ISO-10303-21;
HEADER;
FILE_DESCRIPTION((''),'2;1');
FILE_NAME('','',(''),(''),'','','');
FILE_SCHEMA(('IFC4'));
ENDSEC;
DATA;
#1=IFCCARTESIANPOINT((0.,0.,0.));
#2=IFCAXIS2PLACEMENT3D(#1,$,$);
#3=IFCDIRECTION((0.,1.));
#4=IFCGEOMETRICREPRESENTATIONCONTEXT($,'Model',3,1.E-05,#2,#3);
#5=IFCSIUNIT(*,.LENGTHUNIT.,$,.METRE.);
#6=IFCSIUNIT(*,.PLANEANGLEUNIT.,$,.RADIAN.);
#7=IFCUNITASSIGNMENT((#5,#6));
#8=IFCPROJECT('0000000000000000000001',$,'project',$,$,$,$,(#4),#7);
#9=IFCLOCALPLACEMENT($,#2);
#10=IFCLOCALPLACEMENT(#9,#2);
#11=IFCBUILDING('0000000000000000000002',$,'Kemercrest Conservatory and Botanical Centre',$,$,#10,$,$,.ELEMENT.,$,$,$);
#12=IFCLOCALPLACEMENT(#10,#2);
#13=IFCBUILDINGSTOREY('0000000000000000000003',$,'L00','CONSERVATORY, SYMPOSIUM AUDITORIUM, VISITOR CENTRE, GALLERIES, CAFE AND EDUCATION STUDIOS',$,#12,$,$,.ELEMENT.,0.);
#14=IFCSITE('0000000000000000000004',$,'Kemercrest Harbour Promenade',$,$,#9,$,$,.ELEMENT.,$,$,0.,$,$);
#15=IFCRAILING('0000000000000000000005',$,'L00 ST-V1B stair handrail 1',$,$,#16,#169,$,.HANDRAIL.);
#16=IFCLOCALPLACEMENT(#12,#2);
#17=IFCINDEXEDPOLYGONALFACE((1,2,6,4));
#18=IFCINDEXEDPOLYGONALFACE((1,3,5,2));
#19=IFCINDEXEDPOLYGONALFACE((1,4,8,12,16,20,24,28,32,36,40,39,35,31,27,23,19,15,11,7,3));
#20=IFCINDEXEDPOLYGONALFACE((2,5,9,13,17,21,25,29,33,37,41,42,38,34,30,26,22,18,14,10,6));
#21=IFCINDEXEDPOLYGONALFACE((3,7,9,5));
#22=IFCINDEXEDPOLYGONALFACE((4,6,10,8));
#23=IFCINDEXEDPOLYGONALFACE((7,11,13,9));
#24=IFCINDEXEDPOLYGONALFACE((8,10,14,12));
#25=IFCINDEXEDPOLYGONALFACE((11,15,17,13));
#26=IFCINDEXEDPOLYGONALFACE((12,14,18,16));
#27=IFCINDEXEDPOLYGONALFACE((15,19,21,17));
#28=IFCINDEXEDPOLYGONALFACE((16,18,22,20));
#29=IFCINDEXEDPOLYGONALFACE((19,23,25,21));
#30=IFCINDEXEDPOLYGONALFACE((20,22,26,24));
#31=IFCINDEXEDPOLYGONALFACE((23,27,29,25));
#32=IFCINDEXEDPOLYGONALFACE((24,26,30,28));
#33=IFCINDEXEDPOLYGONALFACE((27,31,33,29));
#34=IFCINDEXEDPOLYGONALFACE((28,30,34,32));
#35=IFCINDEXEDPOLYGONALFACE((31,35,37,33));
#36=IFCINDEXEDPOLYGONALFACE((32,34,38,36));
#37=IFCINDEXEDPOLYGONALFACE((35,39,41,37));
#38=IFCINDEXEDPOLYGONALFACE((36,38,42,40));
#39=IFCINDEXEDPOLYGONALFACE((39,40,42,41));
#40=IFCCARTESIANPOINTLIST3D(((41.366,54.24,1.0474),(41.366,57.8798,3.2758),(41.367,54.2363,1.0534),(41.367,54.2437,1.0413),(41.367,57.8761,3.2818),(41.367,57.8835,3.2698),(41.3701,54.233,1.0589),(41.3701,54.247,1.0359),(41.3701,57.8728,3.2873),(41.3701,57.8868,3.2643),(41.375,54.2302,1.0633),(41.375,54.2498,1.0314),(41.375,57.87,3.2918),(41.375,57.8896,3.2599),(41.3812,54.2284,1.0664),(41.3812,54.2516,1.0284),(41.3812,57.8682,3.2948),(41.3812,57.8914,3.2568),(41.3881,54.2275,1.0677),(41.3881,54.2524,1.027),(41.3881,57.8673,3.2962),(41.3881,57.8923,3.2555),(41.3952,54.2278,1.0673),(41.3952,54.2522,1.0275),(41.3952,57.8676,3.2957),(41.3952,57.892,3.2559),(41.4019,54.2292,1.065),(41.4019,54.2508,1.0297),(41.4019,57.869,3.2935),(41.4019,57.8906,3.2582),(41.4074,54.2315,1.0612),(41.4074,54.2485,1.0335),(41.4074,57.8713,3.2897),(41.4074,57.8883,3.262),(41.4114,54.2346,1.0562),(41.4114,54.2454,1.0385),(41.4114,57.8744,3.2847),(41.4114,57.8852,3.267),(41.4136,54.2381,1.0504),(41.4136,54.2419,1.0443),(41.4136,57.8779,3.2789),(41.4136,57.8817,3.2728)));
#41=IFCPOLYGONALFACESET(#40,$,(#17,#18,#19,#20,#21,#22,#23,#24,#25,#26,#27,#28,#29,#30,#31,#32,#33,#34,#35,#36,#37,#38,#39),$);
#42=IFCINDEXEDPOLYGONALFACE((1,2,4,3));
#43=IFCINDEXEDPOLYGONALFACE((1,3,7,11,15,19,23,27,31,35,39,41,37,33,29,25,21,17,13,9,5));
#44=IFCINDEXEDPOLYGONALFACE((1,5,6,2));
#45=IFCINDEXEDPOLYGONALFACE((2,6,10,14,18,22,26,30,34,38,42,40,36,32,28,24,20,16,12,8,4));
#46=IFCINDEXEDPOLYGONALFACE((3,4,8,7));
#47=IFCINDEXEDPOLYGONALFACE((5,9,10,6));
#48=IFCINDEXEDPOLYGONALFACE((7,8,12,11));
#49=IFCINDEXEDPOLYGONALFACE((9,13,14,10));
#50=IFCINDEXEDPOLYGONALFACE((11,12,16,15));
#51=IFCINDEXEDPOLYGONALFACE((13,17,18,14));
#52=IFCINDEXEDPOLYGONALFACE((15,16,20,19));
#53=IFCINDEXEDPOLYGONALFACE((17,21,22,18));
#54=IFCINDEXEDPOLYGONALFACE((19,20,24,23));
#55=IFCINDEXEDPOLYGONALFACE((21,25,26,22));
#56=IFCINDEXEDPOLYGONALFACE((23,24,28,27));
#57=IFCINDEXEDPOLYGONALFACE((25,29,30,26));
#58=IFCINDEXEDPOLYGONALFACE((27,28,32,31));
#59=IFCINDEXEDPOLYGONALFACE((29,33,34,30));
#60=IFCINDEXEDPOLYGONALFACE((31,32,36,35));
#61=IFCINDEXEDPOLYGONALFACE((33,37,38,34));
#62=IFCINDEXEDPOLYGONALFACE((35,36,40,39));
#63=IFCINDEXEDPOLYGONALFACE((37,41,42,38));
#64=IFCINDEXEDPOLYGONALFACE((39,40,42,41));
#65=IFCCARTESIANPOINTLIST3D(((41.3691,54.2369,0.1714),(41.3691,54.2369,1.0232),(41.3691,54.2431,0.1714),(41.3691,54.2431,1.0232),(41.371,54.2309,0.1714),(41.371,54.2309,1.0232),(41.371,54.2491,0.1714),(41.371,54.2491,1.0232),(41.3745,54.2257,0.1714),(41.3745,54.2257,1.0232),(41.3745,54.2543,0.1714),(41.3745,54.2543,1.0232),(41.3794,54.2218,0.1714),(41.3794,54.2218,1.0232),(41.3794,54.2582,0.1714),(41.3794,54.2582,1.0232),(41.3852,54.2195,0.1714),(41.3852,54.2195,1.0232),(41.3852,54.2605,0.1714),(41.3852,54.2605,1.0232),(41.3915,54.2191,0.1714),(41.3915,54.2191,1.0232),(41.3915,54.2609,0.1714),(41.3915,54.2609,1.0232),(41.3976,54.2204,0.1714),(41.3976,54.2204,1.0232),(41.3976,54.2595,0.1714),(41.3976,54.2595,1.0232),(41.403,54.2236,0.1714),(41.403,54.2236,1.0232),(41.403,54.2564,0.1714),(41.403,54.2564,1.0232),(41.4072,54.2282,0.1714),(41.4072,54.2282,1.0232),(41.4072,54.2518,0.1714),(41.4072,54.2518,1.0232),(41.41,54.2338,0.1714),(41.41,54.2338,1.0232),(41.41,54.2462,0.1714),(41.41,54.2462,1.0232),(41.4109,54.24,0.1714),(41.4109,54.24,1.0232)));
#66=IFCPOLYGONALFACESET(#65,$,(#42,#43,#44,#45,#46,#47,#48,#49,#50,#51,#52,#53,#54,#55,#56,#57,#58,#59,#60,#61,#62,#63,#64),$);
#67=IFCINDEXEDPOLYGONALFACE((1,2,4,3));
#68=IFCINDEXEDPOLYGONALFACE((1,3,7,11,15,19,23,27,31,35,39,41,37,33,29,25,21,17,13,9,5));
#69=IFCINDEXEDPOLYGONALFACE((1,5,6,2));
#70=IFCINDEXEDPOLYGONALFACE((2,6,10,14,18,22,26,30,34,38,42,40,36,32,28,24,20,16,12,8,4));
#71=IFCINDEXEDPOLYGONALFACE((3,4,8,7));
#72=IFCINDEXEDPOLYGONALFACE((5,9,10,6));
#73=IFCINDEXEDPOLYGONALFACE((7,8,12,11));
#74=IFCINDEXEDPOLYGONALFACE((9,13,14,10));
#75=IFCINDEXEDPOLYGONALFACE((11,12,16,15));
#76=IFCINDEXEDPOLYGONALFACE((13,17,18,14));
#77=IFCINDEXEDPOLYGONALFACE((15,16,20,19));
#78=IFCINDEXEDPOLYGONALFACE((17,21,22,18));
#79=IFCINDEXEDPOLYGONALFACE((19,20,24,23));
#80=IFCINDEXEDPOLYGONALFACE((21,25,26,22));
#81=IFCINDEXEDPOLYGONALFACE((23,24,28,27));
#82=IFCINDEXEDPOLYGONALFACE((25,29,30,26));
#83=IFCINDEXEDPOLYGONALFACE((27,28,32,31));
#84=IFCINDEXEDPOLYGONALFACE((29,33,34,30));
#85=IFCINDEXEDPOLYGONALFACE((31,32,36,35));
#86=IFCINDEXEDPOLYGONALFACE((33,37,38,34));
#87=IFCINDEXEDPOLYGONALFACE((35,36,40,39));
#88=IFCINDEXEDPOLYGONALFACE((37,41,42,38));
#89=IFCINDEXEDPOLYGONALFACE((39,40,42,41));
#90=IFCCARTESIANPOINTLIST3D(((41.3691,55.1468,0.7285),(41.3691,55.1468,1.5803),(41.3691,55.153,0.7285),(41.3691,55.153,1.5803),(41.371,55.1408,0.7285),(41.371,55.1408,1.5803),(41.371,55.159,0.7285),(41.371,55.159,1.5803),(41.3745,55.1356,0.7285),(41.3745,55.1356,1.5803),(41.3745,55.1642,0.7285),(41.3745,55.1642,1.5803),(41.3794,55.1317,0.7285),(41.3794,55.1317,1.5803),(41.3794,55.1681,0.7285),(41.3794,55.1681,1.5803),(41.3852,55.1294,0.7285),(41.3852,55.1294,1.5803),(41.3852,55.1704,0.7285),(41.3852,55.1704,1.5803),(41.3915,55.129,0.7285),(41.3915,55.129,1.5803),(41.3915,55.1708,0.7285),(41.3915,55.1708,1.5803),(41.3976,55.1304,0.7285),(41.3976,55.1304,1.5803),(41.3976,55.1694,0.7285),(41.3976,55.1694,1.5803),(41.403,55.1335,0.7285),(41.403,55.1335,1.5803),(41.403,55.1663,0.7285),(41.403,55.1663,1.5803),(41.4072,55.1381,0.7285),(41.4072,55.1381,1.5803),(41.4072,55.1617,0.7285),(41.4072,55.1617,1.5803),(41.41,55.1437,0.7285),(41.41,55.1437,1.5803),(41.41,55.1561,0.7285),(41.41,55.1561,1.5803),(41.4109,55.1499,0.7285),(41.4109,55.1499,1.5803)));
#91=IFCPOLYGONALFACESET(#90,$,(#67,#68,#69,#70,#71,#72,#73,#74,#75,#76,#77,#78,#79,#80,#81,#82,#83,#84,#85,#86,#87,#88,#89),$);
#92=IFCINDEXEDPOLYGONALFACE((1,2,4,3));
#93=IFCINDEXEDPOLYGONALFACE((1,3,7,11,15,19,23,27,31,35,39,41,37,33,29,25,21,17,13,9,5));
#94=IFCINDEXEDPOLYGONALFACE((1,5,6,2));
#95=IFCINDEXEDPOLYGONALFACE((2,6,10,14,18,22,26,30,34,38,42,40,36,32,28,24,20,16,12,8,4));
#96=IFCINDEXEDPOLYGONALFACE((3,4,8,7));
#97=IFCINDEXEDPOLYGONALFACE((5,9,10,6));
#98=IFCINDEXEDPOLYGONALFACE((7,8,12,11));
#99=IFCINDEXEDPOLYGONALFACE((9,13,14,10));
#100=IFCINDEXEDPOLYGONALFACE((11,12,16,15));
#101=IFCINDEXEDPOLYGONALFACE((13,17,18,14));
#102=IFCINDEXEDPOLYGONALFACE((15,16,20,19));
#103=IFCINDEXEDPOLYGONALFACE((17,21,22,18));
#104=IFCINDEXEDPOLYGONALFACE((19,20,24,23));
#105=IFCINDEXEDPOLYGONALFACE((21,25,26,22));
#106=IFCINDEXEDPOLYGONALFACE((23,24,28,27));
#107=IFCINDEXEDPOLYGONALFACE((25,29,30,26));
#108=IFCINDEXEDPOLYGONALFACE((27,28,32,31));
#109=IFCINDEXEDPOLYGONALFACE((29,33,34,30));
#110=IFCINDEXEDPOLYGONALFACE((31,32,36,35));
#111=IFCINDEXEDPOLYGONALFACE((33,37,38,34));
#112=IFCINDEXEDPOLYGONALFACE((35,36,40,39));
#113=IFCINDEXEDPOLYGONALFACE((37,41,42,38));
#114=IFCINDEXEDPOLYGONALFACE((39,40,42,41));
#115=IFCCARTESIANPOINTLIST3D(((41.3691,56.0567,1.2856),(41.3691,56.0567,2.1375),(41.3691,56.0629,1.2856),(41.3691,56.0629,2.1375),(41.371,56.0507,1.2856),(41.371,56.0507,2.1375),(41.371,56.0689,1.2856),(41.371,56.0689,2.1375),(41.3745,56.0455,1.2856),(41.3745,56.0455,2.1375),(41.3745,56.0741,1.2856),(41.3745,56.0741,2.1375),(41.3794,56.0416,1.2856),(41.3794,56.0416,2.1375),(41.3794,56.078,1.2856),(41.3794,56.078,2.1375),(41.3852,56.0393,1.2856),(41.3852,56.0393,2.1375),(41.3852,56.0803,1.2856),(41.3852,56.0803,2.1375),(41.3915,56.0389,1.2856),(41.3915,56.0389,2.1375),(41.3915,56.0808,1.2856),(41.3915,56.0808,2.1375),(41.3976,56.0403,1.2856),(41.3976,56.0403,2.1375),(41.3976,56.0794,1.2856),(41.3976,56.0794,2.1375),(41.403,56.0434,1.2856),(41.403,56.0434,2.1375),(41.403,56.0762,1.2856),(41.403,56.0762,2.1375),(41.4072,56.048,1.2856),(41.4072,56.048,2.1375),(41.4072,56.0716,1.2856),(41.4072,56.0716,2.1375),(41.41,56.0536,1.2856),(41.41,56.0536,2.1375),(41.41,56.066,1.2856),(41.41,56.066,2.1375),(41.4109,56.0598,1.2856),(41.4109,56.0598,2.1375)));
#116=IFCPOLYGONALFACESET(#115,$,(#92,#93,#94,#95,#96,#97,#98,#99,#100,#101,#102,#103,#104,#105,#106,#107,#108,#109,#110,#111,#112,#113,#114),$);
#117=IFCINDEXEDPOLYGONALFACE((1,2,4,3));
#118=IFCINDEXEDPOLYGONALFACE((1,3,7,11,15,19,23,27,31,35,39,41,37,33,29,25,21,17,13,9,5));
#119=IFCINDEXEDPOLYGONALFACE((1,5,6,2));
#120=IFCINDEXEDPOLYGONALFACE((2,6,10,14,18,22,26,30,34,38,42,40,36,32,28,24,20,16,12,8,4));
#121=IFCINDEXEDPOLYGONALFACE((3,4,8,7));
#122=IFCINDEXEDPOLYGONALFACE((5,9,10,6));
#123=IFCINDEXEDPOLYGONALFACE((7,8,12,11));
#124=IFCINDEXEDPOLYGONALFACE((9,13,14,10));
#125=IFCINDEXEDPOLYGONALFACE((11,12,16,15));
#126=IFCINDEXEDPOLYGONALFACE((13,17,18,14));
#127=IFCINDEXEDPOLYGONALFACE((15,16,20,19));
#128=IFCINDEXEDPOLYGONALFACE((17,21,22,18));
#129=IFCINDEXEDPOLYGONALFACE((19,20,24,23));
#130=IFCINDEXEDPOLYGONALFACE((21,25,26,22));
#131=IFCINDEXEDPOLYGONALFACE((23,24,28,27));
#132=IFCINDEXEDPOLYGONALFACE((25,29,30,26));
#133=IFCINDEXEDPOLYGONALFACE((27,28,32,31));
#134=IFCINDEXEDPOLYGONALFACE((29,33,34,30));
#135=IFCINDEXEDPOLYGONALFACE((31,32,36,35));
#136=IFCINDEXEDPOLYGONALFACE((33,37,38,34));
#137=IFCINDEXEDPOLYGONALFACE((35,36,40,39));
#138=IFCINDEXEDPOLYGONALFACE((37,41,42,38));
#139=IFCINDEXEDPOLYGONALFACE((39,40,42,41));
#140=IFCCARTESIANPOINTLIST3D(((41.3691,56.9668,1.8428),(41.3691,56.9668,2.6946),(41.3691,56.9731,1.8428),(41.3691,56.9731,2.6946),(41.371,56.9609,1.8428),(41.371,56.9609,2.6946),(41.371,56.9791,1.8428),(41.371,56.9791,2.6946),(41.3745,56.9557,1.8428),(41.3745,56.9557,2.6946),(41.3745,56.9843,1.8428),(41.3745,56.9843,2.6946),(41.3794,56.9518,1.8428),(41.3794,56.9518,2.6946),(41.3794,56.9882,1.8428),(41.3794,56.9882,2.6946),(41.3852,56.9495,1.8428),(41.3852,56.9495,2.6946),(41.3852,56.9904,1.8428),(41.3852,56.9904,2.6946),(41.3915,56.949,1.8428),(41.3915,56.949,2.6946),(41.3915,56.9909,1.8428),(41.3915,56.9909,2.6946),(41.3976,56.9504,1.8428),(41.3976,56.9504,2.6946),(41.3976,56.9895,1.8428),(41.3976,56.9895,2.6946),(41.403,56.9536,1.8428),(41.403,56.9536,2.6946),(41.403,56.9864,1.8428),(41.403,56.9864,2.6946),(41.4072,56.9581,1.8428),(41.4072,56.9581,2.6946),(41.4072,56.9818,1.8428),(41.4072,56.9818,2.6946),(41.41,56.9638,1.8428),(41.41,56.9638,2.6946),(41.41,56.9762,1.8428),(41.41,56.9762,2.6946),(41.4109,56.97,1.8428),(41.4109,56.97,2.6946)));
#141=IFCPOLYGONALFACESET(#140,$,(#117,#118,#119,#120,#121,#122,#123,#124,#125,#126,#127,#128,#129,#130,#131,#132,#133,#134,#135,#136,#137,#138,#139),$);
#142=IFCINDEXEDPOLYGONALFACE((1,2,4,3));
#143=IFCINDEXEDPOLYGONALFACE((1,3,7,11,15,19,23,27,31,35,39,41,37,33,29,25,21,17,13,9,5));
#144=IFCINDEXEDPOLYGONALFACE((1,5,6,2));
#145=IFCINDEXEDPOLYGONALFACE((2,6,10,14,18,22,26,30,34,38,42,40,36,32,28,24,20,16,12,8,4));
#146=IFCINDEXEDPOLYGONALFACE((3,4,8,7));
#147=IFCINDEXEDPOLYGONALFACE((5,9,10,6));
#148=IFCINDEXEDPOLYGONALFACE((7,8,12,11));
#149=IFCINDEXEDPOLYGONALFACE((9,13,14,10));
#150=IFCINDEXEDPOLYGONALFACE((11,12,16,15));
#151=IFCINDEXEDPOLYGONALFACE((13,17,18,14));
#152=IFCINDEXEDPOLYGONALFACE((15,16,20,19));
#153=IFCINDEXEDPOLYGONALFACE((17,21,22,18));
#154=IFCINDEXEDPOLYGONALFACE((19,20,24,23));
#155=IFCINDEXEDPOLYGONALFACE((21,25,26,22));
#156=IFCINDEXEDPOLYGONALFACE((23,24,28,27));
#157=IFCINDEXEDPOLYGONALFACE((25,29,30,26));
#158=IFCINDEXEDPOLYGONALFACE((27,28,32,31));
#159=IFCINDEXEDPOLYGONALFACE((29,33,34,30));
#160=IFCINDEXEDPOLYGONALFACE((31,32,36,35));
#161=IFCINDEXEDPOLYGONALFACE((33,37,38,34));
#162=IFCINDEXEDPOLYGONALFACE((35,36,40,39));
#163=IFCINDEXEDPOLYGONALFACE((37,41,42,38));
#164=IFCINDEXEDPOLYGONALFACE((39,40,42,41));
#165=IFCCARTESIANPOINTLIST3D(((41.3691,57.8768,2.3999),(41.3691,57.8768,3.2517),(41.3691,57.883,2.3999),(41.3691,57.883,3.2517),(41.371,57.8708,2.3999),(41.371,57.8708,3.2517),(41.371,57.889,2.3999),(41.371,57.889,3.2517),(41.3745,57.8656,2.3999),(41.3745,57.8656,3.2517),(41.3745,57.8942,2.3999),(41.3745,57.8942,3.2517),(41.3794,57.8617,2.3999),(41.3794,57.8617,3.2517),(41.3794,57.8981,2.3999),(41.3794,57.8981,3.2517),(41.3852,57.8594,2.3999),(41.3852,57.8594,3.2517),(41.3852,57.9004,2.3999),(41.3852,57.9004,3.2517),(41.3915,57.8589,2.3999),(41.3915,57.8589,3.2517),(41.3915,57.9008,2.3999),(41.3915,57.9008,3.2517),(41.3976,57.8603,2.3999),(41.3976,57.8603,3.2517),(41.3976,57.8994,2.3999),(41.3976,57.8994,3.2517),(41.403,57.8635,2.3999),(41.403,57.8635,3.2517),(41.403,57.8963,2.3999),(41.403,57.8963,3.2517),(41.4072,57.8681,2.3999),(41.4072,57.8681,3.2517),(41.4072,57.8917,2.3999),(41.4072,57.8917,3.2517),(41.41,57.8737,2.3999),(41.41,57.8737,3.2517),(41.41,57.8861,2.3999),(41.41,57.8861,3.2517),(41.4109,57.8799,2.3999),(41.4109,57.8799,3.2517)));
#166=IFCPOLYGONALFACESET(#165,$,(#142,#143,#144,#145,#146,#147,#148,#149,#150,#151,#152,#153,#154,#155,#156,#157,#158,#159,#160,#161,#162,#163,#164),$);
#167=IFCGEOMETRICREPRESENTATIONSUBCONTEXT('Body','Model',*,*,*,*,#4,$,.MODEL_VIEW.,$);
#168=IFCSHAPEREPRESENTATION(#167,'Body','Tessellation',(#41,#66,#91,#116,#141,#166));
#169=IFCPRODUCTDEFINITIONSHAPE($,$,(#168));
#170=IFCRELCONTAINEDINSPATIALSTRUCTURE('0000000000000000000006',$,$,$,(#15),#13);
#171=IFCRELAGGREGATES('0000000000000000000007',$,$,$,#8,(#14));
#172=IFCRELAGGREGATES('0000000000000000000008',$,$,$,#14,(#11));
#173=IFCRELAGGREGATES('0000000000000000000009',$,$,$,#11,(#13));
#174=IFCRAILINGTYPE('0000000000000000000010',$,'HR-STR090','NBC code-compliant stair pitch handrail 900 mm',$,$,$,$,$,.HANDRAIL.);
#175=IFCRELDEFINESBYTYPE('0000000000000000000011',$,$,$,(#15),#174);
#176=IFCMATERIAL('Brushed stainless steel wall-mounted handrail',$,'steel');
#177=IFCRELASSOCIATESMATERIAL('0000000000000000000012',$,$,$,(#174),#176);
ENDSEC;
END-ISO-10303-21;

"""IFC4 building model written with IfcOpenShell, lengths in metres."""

from ifc_helpers import new_model, si_unit, direction, frame, origin, origin_2d, place, context, subcontext, project, spatial, circle, extrude, material, type_object, element, save


model = new_model("IFC4")

# Units and contexts
model_context = context("Model", 3, precision=1e-05, world=origin(), true_north=direction((0.0, 1.0)))
body_context = subcontext(model_context, "Body", "Model", "MODEL_VIEW")
ifc_project = project(units=[si_unit("LENGTHUNIT", "METRE"), si_unit("PLANEANGLEUNIT", "RADIAN")], contexts=[model_context])

# Site, building, storey
site_placement = place(None, origin())
site = spatial("IfcSite", under=ifc_project, at=site_placement, Name="Kemercrest Harbour Promenade", CompositionType="ELEMENT", RefElevation=0.0)
building_placement = place(site_placement, origin())
building = spatial("IfcBuilding", under=site, at=building_placement, Name="Kemercrest Conservatory and Botanical Centre", CompositionType="ELEMENT")
storey_placement = place(building_placement, origin())
storey = spatial("IfcBuildingStorey", under=building, at=storey_placement, Name="L00", Description="CONSERVATORY, SYMPOSIUM AUDITORIUM, VISITOR CENTRE, GALLERIES, CAFE AND EDUCATION STUDIOS", CompositionType="ELEMENT", Elevation=0.0)

# Railing
ifc_material_1 = material(Name="Brushed stainless steel wall-mounted handrail", Category="steel")
railing_type_1 = type_object("IfcRailingType", Name="HR-STR090", Description="NBC code-compliant stair pitch handrail 900 mm", PredefinedType="HANDRAIL", material=ifc_material_1)
railing_1_placement = place(storey_placement, frame((41.3899, 54.24, 0.1714)))
element("IfcRailing", 1, at=railing_1_placement, inside=storey, type_object=railing_type_1, Name="L00 ST-V1B stair handrail 1", PredefinedType="HANDRAIL", context=body_context, shape_type="SweptSolid", body=[
    extrude(circle(Radius=0.0239, at=origin_2d()), frame((0.0, 0.0, 0.876), z_axis=(0.0, 0.85285, 0.522156), x_axis=(-1.0, 0.0, 0.0)), (0.0, 0.0, 1.0), 4.2678),
    extrude(circle(Radius=0.021, at=origin_2d()), origin(), (0.0, 0.0, 1.0), 0.8518),
    extrude(circle(Radius=0.021, at=origin_2d()), frame((0.0, 0.9099, 0.5571)), (0.0, 0.0, 1.0), 0.8518),
    extrude(circle(Radius=0.021, at=origin_2d()), frame((0.0, 1.8198, 1.1143)), (0.0, 0.0, 1.0), 0.8518),
    extrude(circle(Radius=0.021, at=origin_2d()), frame((0.0, 2.73, 1.6714)), (0.0, 0.0, 1.0), 0.8518),
    extrude(circle(Radius=0.021, at=origin_2d()), frame((0.0, 3.6399, 2.2285)), (0.0, 0.0, 1.0), 0.8518),
])

save(model, "model.ifc")
